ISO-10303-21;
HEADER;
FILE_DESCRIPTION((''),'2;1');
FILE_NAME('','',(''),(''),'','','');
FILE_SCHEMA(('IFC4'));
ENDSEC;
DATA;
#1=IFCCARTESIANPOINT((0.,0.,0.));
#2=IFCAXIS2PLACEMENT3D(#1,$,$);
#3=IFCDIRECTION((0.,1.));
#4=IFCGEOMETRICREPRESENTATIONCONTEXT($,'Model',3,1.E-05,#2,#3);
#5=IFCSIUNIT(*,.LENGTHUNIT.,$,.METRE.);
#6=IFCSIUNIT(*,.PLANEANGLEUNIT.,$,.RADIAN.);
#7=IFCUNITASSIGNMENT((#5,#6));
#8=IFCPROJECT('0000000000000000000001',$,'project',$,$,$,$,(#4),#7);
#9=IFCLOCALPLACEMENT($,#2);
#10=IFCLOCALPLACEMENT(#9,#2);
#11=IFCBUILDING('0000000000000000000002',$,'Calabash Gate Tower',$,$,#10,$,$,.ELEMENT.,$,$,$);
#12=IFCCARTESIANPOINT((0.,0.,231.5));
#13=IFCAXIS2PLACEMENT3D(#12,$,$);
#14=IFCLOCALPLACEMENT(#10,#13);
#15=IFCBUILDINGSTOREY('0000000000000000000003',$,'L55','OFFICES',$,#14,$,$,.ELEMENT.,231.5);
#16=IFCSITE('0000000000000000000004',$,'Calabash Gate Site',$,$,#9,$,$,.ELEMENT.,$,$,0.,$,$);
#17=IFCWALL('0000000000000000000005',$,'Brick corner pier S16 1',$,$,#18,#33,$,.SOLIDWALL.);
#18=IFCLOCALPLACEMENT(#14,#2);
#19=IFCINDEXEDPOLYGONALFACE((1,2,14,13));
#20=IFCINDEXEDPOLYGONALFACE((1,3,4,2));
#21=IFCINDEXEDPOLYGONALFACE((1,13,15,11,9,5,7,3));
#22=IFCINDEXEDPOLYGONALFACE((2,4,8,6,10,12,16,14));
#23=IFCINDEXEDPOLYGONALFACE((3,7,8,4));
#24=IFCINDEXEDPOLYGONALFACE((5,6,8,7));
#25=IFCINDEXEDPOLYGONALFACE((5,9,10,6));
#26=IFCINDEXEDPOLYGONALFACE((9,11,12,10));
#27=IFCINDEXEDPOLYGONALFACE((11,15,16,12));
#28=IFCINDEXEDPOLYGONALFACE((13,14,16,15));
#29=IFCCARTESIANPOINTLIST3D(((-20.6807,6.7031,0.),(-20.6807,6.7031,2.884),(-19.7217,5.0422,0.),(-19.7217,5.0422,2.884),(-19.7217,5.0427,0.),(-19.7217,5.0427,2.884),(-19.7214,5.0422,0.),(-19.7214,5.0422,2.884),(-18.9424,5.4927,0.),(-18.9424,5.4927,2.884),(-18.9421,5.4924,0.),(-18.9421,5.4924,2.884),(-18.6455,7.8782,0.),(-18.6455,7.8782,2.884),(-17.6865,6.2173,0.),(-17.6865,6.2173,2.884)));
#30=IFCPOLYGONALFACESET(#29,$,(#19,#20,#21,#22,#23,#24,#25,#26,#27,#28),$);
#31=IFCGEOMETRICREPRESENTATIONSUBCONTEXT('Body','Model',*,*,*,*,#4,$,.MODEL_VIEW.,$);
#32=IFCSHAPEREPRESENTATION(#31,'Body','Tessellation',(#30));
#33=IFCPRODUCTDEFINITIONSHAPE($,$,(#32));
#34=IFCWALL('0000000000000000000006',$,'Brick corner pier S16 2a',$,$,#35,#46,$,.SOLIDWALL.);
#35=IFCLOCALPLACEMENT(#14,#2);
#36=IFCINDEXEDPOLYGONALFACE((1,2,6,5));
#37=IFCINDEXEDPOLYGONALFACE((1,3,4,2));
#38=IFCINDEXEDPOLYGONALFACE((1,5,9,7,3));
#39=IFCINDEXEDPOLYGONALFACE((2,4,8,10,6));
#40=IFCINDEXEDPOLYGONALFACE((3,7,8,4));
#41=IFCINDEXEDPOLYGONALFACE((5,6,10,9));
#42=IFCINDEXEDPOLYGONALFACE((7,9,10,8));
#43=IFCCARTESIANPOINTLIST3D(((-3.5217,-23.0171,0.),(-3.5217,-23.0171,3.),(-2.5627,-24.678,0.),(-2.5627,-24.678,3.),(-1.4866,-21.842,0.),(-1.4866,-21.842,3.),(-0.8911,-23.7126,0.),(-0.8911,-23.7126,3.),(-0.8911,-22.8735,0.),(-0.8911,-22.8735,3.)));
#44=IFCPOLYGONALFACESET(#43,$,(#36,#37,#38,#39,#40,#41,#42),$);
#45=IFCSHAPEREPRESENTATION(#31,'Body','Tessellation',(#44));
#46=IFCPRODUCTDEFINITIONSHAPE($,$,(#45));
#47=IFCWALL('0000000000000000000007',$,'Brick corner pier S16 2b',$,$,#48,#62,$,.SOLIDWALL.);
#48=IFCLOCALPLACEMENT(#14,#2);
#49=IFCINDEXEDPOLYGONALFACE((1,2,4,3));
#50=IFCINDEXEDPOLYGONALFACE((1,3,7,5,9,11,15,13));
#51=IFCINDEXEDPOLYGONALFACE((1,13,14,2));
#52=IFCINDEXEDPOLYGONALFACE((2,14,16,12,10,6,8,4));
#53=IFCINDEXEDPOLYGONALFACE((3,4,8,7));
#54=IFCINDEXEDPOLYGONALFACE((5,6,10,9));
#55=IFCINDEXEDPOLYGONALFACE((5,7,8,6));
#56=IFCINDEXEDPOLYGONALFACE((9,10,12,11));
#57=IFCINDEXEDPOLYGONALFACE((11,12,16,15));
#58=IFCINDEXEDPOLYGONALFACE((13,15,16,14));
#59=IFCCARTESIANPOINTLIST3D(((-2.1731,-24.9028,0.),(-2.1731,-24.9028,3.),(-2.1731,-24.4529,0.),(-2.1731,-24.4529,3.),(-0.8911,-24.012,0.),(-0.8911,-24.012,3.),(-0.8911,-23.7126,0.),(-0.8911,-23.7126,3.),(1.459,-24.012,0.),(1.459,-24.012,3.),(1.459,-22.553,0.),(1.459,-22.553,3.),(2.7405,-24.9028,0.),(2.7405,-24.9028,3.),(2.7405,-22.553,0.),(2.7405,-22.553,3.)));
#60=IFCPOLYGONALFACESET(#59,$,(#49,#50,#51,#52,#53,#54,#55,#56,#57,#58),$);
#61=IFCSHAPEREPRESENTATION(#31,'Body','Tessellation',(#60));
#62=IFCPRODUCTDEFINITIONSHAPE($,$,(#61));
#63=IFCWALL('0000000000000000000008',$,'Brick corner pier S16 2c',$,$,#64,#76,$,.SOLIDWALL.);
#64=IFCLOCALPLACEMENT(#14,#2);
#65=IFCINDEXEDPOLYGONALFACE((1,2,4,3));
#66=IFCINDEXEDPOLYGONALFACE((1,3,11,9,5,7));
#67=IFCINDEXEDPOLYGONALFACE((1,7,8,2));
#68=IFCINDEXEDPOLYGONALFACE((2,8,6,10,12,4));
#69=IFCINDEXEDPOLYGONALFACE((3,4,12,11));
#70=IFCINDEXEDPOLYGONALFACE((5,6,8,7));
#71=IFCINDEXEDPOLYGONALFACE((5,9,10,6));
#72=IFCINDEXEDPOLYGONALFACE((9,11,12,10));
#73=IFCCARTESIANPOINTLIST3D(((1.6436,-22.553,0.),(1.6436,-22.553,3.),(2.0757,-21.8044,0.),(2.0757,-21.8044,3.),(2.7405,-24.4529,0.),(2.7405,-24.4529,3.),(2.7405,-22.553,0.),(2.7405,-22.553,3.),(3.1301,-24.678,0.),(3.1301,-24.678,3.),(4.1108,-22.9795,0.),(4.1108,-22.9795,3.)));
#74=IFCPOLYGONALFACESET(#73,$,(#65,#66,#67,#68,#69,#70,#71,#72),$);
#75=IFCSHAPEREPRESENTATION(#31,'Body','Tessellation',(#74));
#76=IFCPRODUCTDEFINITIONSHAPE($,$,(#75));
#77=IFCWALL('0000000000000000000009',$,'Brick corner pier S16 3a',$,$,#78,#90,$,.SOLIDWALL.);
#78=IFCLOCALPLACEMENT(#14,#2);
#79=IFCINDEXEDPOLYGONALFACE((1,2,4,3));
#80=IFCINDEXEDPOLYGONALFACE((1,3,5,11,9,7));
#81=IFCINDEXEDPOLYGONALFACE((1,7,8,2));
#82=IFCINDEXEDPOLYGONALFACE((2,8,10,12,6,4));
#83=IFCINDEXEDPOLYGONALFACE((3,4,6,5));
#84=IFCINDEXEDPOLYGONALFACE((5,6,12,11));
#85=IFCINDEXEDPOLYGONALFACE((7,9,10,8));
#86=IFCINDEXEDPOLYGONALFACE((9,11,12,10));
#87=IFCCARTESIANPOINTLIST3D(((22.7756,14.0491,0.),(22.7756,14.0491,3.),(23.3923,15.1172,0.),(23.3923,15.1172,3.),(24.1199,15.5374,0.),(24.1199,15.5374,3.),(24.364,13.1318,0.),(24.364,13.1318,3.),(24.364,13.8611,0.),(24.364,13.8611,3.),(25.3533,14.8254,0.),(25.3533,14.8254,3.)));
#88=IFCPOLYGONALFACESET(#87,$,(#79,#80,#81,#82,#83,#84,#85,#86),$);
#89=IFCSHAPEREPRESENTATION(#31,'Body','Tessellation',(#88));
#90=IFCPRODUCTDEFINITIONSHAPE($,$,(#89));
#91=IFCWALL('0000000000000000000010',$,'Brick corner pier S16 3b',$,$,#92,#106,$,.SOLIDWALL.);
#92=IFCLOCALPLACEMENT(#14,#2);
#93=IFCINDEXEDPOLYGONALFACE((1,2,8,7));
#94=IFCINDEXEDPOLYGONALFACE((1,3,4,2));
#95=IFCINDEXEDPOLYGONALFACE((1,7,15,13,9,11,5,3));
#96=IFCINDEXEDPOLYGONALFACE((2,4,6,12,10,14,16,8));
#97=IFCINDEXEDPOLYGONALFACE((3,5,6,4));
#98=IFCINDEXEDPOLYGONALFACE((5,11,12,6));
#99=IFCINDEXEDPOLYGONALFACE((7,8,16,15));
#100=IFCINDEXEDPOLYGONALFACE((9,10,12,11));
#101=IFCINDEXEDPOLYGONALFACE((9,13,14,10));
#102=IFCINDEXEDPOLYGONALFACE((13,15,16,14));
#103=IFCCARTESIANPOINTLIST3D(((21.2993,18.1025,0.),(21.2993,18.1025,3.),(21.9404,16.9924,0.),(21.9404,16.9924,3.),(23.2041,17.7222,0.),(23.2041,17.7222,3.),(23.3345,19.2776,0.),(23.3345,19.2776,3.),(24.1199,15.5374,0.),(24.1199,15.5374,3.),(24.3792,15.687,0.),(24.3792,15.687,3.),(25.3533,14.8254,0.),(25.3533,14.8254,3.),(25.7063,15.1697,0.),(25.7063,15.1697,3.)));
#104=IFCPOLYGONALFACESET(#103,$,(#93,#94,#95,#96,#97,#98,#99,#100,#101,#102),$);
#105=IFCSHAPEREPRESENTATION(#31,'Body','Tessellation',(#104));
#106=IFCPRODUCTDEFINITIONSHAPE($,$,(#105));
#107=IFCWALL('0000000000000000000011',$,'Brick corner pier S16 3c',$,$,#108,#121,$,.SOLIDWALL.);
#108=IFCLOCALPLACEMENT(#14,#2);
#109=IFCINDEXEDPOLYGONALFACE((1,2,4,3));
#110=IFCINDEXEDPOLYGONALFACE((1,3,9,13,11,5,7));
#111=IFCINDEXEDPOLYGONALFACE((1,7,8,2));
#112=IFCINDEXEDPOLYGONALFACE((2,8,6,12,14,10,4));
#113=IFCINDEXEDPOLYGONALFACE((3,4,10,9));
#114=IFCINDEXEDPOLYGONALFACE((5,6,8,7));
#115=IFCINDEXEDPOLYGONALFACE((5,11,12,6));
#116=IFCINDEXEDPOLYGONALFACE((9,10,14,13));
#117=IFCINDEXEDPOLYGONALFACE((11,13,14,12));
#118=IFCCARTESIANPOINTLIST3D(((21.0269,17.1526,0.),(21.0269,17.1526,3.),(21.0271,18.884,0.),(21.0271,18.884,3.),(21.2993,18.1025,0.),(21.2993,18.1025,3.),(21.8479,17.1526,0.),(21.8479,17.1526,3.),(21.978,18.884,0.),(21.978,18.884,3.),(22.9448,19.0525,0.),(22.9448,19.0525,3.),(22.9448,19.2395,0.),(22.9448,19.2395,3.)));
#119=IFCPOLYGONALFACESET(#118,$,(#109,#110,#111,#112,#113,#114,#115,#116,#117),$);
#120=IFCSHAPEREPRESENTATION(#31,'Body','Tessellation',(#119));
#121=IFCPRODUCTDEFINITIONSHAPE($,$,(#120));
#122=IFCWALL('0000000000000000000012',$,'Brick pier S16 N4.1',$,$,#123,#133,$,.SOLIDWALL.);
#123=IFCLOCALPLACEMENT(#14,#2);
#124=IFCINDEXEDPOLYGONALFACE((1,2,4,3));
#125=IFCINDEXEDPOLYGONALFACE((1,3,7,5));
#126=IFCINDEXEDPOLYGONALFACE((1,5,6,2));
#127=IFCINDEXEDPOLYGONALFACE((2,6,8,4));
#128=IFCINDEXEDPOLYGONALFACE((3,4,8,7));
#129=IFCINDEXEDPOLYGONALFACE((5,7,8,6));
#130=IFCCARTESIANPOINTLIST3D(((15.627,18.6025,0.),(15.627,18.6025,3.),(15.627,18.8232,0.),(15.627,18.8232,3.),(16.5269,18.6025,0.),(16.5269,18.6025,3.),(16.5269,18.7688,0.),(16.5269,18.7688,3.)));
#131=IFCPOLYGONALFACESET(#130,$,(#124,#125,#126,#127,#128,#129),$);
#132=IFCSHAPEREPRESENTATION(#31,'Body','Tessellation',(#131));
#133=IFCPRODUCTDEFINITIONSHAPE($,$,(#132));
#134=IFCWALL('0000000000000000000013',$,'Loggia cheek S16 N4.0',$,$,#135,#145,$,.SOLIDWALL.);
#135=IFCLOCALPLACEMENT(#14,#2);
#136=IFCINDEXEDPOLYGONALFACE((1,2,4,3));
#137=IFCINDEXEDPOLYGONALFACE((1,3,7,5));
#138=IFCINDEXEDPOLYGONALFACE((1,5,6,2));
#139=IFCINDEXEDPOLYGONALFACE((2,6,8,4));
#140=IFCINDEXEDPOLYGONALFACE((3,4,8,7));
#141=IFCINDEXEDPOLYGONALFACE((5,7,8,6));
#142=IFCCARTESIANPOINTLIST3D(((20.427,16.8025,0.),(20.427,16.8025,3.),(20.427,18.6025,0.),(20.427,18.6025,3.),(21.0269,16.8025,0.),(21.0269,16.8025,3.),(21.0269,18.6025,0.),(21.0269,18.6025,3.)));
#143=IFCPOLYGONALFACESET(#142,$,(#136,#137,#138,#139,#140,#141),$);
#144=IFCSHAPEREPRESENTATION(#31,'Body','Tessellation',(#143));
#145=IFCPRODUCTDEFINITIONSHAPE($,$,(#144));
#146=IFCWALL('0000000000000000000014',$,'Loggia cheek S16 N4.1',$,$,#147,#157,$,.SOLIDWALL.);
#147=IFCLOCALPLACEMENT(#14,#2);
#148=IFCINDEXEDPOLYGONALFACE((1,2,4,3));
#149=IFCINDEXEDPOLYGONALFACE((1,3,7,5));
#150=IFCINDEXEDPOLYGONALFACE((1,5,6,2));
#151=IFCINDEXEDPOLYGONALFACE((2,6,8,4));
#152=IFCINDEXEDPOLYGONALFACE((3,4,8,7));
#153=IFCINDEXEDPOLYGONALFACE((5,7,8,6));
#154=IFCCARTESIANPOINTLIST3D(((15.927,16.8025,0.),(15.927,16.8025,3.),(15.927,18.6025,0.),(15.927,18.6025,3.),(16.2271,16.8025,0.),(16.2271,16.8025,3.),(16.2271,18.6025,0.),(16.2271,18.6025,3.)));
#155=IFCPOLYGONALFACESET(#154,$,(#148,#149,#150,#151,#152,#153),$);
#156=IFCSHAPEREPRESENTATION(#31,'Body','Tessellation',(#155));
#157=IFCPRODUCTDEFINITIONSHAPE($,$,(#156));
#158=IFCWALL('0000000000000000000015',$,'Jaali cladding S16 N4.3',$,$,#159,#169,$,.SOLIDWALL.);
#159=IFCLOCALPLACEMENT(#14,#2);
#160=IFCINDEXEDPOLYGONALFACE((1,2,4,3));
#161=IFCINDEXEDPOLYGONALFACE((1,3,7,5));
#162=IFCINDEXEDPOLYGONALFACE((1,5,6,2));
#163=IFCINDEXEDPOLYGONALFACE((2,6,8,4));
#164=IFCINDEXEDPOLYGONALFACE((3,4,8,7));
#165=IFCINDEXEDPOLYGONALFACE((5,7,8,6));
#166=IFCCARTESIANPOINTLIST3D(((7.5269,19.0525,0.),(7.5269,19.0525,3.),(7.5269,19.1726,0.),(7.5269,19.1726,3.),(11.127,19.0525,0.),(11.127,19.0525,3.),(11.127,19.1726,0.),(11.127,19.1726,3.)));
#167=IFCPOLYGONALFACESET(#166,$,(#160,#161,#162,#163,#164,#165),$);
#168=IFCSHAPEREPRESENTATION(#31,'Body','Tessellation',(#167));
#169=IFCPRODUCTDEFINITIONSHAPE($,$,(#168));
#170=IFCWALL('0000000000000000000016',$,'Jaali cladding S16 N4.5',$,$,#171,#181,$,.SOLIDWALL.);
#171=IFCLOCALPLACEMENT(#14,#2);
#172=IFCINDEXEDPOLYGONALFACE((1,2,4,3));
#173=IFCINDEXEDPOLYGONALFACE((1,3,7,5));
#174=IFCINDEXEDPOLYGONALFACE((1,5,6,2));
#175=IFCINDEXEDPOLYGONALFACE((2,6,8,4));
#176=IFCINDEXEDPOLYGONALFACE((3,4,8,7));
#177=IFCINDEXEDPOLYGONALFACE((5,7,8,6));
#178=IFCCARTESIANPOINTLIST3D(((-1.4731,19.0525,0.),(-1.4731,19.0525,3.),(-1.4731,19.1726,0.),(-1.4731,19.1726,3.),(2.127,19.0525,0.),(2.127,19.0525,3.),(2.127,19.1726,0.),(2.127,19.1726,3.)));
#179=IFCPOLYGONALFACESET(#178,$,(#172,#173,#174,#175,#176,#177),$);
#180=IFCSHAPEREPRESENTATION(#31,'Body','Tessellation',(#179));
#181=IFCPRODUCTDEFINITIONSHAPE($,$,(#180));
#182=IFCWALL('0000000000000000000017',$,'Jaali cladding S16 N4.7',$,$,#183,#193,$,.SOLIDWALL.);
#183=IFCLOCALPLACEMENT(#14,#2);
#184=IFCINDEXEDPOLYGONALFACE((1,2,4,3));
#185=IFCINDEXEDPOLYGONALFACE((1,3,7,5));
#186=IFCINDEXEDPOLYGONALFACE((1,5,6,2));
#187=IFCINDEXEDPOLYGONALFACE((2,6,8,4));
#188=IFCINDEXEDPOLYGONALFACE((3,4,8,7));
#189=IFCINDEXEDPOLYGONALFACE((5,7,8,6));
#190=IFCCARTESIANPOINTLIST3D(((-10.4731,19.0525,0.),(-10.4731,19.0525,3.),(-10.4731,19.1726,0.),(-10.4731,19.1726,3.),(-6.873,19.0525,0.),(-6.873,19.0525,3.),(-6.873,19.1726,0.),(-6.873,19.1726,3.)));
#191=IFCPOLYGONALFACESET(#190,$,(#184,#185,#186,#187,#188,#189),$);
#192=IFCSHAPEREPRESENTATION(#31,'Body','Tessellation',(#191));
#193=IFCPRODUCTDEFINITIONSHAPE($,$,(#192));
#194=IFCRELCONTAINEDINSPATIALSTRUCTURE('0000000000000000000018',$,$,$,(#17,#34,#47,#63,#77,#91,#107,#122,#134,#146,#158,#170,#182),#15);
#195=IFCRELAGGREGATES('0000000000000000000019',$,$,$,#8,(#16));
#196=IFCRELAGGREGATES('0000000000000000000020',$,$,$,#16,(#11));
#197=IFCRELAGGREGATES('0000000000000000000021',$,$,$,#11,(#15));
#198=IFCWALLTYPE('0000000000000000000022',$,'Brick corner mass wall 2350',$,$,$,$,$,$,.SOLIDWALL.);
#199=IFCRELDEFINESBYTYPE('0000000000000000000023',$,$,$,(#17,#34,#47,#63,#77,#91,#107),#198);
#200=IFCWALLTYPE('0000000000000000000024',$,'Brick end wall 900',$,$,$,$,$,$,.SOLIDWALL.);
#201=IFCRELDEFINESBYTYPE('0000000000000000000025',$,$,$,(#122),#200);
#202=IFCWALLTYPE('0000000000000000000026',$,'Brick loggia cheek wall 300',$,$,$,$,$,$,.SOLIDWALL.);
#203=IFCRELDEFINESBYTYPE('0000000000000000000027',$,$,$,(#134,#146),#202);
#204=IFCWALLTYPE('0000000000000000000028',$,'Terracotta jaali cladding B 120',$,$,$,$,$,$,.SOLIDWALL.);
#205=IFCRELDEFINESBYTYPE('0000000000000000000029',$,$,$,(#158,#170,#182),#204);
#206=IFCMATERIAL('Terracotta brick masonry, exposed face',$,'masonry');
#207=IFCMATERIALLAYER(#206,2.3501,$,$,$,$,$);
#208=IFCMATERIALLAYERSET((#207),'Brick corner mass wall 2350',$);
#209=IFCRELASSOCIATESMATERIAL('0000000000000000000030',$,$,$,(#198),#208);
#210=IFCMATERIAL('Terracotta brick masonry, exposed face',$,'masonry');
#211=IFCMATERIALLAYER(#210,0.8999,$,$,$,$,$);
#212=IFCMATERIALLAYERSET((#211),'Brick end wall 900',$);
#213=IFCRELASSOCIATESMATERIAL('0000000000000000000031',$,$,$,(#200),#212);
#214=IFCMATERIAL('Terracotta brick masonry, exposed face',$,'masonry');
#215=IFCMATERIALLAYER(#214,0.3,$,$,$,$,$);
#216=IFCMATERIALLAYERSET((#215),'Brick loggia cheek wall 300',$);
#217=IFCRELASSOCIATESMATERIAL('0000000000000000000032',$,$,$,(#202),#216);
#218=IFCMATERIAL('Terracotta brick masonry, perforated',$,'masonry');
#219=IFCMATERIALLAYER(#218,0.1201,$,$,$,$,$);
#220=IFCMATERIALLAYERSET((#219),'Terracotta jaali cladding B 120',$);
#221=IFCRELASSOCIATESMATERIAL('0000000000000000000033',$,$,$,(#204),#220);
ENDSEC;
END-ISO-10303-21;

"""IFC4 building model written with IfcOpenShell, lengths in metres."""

from ifc_helpers import new_model, si_unit, direction, frame, origin, place, context, subcontext, project, spatial, polyline, outline, extrude, material, layer, layer_set, type_object, element, save


model = new_model("IFC4")

# Units and contexts
model_context = context("Model", 3, precision=1e-05, world=origin(), true_north=direction((0.0, 1.0)))
body_context = subcontext(model_context, "Body", "Model", "MODEL_VIEW")
ifc_project = project(units=[si_unit("LENGTHUNIT", "METRE"), si_unit("PLANEANGLEUNIT", "RADIAN")], contexts=[model_context])

# Site, building, storey
site_placement = place(None, origin())
site = spatial("IfcSite", under=ifc_project, at=site_placement, Name="Calabash Gate Site", CompositionType="ELEMENT", RefElevation=0.0)
building_placement = place(site_placement, origin())
building = spatial("IfcBuilding", under=site, at=building_placement, Name="Calabash Gate Tower", CompositionType="ELEMENT")
storey_placement = place(building_placement, frame((0.0, 0.0, 231.5)))
storey = spatial("IfcBuildingStorey", under=building, at=storey_placement, Name="L55", Description="OFFICES", CompositionType="ELEMENT", Elevation=231.5)

# Walls
ifc_material_1 = material(Name="Terracotta brick masonry, exposed face", Category="masonry")
ifc_layer_1 = layer(ifc_material_1, 2.3501)
ifc_layer_set_1 = layer_set([ifc_layer_1], Name="Brick corner mass wall 2350")
wall_type_1 = type_object("IfcWallType", Name="Brick corner mass wall 2350", PredefinedType="SOLIDWALL", material=ifc_layer_set_1)
wall_1_placement = place(storey_placement, origin())
element("IfcWall", 1, at=wall_1_placement, inside=storey, type_object=wall_type_1, Name="Brick corner pier S16 1", PredefinedType="SOLIDWALL", context=body_context, shape_type="SweptSolid", body=[
    extrude(outline(polyline([(-18.9421, 5.4924), (-17.6865, 6.2173), (-18.6455, 7.8782), (-20.6807, 6.7031), (-19.7217, 5.0422), (-19.7214, 5.0422), (-19.7217, 5.0427), (-18.9424, 5.4927), (-18.9421, 5.4924)])), origin(), (0.0, 0.0, 1.0), 2.884),
])
wall_2_placement = place(storey_placement, origin())
element("IfcWall", 2, at=wall_2_placement, inside=storey, type_object=wall_type_1, Name="Brick corner pier S16 2a", PredefinedType="SOLIDWALL", context=body_context, shape_type="SweptSolid", body=[
    extrude(outline(polyline([(-0.8911, -22.8735), (-1.4866, -21.842), (-3.5217, -23.0171), (-2.5627, -24.678), (-0.8911, -23.7126), (-0.8911, -22.8735)])), origin(), (0.0, 0.0, 1.0), 3.0),
])
wall_3_placement = place(storey_placement, origin())
element("IfcWall", 3, at=wall_3_placement, inside=storey, type_object=wall_type_1, Name="Brick corner pier S16 2b", PredefinedType="SOLIDWALL", context=body_context, shape_type="SweptSolid", body=[
    extrude(outline(polyline([(1.459, -24.012), (-0.8911, -24.012), (-0.8911, -23.7126), (-2.1731, -24.4529), (-2.1731, -24.9028), (2.7405, -24.9028), (2.7405, -22.553), (1.459, -22.553), (1.459, -24.012)])), origin(), (0.0, 0.0, 1.0), 3.0),
])
wall_4_placement = place(storey_placement, origin())
element("IfcWall", 4, at=wall_4_placement, inside=storey, type_object=wall_type_1, Name="Brick corner pier S16 2c", PredefinedType="SOLIDWALL", context=body_context, shape_type="SweptSolid", body=[
    extrude(outline(polyline([(4.1108, -22.9795), (2.0757, -21.8044), (1.6436, -22.553), (2.7405, -22.553), (2.7405, -24.4529), (3.1301, -24.678), (4.1108, -22.9795)])), origin(), (0.0, 0.0, 1.0), 3.0),
])
wall_5_placement = place(storey_placement, origin())
element("IfcWall", 5, at=wall_5_placement, inside=storey, type_object=wall_type_1, Name="Brick corner pier S16 3a", PredefinedType="SOLIDWALL", context=body_context, shape_type="SweptSolid", body=[
    extrude(outline(polyline([(23.3923, 15.1172), (22.7756, 14.0491), (24.364, 13.1318), (24.364, 13.8611), (25.3533, 14.8254), (24.1199, 15.5374), (23.3923, 15.1172)])), origin(), (0.0, 0.0, 1.0), 3.0),
])
wall_6_placement = place(storey_placement, origin())
element("IfcWall", 6, at=wall_6_placement, inside=storey, type_object=wall_type_1, Name="Brick corner pier S16 3b", PredefinedType="SOLIDWALL", context=body_context, shape_type="SweptSolid", body=[
    extrude(outline(polyline([(23.2041, 17.7222), (24.3792, 15.687), (24.1199, 15.5374), (25.3533, 14.8254), (25.7063, 15.1697), (23.3345, 19.2776), (21.2993, 18.1025), (21.9404, 16.9924), (23.2041, 17.7222)])), origin(), (0.0, 0.0, 1.0), 3.0),
])
wall_7_placement = place(storey_placement, origin())
element("IfcWall", 7, at=wall_7_placement, inside=storey, type_object=wall_type_1, Name="Brick corner pier S16 3c", PredefinedType="SOLIDWALL", context=body_context, shape_type="SweptSolid", body=[
    extrude(outline(polyline([(21.0271, 18.884), (21.0269, 17.1526), (21.8479, 17.1526), (21.2993, 18.1025), (22.9448, 19.0525), (22.9448, 19.2395), (21.978, 18.884), (21.0271, 18.884)])), origin(), (0.0, 0.0, 1.0), 3.0),
])
ifc_material_2 = material(Name="Terracotta brick masonry, exposed face", Category="masonry")
ifc_layer_2 = layer(ifc_material_2, 0.8999)
ifc_layer_set_2 = layer_set([ifc_layer_2], Name="Brick end wall 900")
wall_type_2 = type_object("IfcWallType", Name="Brick end wall 900", PredefinedType="SOLIDWALL", material=ifc_layer_set_2)
wall_8_placement = place(storey_placement, origin())
element("IfcWall", 8, at=wall_8_placement, inside=storey, type_object=wall_type_2, Name="Brick pier S16 N4.1", PredefinedType="SOLIDWALL", context=body_context, shape_type="SweptSolid", body=[
    extrude(outline(polyline([(16.5269, 18.7688), (15.627, 18.8232), (15.627, 18.6025), (16.5269, 18.6025), (16.5269, 18.7688)])), origin(), (0.0, 0.0, 1.0), 3.0),
])
ifc_material_3 = material(Name="Terracotta brick masonry, exposed face", Category="masonry")
ifc_layer_3 = layer(ifc_material_3, 0.3)
ifc_layer_set_3 = layer_set([ifc_layer_3], Name="Brick loggia cheek wall 300")
wall_type_3 = type_object("IfcWallType", Name="Brick loggia cheek wall 300", PredefinedType="SOLIDWALL", material=ifc_layer_set_3)
wall_9_placement = place(storey_placement, origin())
element("IfcWall", 9, at=wall_9_placement, inside=storey, type_object=wall_type_3, Name="Loggia cheek S16 N4.0", PredefinedType="SOLIDWALL", context=body_context, shape_type="SweptSolid", body=[
    extrude(outline(polyline([(21.0269, 16.8025), (21.0269, 18.6025), (20.427, 18.6025), (20.427, 16.8025), (21.0269, 16.8025)])), origin(), (0.0, 0.0, 1.0), 3.0),
])
wall_10_placement = place(storey_placement, origin())
element("IfcWall", 10, at=wall_10_placement, inside=storey, type_object=wall_type_3, Name="Loggia cheek S16 N4.1", PredefinedType="SOLIDWALL", context=body_context, shape_type="SweptSolid", body=[
    extrude(outline(polyline([(15.927, 18.6025), (15.927, 16.8025), (16.2271, 16.8025), (16.2271, 18.6025), (15.927, 18.6025)])), origin(), (0.0, 0.0, 1.0), 3.0),
])
ifc_material_4 = material(Name="Terracotta brick masonry, perforated", Category="masonry")
ifc_layer_4 = layer(ifc_material_4, 0.1201)
ifc_layer_set_4 = layer_set([ifc_layer_4], Name="Terracotta jaali cladding B 120")
wall_type_4 = type_object("IfcWallType", Name="Terracotta jaali cladding B 120", PredefinedType="SOLIDWALL", material=ifc_layer_set_4)
wall_11_placement = place(storey_placement, origin())
element("IfcWall", 11, at=wall_11_placement, inside=storey, type_object=wall_type_4, Name="Jaali cladding S16 N4.3", PredefinedType="SOLIDWALL", context=body_context, shape_type="SweptSolid", body=[
    extrude(outline(polyline([(7.5269, 19.1726), (7.5269, 19.0525), (11.127, 19.0525), (11.127, 19.1726), (7.5269, 19.1726)])), origin(), (0.0, 0.0, 1.0), 3.0),
])
wall_12_placement = place(storey_placement, origin())
element("IfcWall", 12, at=wall_12_placement, inside=storey, type_object=wall_type_4, Name="Jaali cladding S16 N4.5", PredefinedType="SOLIDWALL", context=body_context, shape_type="SweptSolid", body=[
    extrude(outline(polyline([(-1.4731, 19.1726), (-1.4731, 19.0525), (2.127, 19.0525), (2.127, 19.1726), (-1.4731, 19.1726)])), origin(), (0.0, 0.0, 1.0), 3.0),
])
wall_13_placement = place(storey_placement, origin())
element("IfcWall", 13, at=wall_13_placement, inside=storey, type_object=wall_type_4, Name="Jaali cladding S16 N4.7", PredefinedType="SOLIDWALL", context=body_context, shape_type="SweptSolid", body=[
    extrude(outline(polyline([(-10.4731, 19.1726), (-10.4731, 19.0525), (-6.873, 19.0525), (-6.873, 19.1726), (-10.4731, 19.1726)])), origin(), (0.0, 0.0, 1.0), 3.0),
])

save(model, "model.ifc")
